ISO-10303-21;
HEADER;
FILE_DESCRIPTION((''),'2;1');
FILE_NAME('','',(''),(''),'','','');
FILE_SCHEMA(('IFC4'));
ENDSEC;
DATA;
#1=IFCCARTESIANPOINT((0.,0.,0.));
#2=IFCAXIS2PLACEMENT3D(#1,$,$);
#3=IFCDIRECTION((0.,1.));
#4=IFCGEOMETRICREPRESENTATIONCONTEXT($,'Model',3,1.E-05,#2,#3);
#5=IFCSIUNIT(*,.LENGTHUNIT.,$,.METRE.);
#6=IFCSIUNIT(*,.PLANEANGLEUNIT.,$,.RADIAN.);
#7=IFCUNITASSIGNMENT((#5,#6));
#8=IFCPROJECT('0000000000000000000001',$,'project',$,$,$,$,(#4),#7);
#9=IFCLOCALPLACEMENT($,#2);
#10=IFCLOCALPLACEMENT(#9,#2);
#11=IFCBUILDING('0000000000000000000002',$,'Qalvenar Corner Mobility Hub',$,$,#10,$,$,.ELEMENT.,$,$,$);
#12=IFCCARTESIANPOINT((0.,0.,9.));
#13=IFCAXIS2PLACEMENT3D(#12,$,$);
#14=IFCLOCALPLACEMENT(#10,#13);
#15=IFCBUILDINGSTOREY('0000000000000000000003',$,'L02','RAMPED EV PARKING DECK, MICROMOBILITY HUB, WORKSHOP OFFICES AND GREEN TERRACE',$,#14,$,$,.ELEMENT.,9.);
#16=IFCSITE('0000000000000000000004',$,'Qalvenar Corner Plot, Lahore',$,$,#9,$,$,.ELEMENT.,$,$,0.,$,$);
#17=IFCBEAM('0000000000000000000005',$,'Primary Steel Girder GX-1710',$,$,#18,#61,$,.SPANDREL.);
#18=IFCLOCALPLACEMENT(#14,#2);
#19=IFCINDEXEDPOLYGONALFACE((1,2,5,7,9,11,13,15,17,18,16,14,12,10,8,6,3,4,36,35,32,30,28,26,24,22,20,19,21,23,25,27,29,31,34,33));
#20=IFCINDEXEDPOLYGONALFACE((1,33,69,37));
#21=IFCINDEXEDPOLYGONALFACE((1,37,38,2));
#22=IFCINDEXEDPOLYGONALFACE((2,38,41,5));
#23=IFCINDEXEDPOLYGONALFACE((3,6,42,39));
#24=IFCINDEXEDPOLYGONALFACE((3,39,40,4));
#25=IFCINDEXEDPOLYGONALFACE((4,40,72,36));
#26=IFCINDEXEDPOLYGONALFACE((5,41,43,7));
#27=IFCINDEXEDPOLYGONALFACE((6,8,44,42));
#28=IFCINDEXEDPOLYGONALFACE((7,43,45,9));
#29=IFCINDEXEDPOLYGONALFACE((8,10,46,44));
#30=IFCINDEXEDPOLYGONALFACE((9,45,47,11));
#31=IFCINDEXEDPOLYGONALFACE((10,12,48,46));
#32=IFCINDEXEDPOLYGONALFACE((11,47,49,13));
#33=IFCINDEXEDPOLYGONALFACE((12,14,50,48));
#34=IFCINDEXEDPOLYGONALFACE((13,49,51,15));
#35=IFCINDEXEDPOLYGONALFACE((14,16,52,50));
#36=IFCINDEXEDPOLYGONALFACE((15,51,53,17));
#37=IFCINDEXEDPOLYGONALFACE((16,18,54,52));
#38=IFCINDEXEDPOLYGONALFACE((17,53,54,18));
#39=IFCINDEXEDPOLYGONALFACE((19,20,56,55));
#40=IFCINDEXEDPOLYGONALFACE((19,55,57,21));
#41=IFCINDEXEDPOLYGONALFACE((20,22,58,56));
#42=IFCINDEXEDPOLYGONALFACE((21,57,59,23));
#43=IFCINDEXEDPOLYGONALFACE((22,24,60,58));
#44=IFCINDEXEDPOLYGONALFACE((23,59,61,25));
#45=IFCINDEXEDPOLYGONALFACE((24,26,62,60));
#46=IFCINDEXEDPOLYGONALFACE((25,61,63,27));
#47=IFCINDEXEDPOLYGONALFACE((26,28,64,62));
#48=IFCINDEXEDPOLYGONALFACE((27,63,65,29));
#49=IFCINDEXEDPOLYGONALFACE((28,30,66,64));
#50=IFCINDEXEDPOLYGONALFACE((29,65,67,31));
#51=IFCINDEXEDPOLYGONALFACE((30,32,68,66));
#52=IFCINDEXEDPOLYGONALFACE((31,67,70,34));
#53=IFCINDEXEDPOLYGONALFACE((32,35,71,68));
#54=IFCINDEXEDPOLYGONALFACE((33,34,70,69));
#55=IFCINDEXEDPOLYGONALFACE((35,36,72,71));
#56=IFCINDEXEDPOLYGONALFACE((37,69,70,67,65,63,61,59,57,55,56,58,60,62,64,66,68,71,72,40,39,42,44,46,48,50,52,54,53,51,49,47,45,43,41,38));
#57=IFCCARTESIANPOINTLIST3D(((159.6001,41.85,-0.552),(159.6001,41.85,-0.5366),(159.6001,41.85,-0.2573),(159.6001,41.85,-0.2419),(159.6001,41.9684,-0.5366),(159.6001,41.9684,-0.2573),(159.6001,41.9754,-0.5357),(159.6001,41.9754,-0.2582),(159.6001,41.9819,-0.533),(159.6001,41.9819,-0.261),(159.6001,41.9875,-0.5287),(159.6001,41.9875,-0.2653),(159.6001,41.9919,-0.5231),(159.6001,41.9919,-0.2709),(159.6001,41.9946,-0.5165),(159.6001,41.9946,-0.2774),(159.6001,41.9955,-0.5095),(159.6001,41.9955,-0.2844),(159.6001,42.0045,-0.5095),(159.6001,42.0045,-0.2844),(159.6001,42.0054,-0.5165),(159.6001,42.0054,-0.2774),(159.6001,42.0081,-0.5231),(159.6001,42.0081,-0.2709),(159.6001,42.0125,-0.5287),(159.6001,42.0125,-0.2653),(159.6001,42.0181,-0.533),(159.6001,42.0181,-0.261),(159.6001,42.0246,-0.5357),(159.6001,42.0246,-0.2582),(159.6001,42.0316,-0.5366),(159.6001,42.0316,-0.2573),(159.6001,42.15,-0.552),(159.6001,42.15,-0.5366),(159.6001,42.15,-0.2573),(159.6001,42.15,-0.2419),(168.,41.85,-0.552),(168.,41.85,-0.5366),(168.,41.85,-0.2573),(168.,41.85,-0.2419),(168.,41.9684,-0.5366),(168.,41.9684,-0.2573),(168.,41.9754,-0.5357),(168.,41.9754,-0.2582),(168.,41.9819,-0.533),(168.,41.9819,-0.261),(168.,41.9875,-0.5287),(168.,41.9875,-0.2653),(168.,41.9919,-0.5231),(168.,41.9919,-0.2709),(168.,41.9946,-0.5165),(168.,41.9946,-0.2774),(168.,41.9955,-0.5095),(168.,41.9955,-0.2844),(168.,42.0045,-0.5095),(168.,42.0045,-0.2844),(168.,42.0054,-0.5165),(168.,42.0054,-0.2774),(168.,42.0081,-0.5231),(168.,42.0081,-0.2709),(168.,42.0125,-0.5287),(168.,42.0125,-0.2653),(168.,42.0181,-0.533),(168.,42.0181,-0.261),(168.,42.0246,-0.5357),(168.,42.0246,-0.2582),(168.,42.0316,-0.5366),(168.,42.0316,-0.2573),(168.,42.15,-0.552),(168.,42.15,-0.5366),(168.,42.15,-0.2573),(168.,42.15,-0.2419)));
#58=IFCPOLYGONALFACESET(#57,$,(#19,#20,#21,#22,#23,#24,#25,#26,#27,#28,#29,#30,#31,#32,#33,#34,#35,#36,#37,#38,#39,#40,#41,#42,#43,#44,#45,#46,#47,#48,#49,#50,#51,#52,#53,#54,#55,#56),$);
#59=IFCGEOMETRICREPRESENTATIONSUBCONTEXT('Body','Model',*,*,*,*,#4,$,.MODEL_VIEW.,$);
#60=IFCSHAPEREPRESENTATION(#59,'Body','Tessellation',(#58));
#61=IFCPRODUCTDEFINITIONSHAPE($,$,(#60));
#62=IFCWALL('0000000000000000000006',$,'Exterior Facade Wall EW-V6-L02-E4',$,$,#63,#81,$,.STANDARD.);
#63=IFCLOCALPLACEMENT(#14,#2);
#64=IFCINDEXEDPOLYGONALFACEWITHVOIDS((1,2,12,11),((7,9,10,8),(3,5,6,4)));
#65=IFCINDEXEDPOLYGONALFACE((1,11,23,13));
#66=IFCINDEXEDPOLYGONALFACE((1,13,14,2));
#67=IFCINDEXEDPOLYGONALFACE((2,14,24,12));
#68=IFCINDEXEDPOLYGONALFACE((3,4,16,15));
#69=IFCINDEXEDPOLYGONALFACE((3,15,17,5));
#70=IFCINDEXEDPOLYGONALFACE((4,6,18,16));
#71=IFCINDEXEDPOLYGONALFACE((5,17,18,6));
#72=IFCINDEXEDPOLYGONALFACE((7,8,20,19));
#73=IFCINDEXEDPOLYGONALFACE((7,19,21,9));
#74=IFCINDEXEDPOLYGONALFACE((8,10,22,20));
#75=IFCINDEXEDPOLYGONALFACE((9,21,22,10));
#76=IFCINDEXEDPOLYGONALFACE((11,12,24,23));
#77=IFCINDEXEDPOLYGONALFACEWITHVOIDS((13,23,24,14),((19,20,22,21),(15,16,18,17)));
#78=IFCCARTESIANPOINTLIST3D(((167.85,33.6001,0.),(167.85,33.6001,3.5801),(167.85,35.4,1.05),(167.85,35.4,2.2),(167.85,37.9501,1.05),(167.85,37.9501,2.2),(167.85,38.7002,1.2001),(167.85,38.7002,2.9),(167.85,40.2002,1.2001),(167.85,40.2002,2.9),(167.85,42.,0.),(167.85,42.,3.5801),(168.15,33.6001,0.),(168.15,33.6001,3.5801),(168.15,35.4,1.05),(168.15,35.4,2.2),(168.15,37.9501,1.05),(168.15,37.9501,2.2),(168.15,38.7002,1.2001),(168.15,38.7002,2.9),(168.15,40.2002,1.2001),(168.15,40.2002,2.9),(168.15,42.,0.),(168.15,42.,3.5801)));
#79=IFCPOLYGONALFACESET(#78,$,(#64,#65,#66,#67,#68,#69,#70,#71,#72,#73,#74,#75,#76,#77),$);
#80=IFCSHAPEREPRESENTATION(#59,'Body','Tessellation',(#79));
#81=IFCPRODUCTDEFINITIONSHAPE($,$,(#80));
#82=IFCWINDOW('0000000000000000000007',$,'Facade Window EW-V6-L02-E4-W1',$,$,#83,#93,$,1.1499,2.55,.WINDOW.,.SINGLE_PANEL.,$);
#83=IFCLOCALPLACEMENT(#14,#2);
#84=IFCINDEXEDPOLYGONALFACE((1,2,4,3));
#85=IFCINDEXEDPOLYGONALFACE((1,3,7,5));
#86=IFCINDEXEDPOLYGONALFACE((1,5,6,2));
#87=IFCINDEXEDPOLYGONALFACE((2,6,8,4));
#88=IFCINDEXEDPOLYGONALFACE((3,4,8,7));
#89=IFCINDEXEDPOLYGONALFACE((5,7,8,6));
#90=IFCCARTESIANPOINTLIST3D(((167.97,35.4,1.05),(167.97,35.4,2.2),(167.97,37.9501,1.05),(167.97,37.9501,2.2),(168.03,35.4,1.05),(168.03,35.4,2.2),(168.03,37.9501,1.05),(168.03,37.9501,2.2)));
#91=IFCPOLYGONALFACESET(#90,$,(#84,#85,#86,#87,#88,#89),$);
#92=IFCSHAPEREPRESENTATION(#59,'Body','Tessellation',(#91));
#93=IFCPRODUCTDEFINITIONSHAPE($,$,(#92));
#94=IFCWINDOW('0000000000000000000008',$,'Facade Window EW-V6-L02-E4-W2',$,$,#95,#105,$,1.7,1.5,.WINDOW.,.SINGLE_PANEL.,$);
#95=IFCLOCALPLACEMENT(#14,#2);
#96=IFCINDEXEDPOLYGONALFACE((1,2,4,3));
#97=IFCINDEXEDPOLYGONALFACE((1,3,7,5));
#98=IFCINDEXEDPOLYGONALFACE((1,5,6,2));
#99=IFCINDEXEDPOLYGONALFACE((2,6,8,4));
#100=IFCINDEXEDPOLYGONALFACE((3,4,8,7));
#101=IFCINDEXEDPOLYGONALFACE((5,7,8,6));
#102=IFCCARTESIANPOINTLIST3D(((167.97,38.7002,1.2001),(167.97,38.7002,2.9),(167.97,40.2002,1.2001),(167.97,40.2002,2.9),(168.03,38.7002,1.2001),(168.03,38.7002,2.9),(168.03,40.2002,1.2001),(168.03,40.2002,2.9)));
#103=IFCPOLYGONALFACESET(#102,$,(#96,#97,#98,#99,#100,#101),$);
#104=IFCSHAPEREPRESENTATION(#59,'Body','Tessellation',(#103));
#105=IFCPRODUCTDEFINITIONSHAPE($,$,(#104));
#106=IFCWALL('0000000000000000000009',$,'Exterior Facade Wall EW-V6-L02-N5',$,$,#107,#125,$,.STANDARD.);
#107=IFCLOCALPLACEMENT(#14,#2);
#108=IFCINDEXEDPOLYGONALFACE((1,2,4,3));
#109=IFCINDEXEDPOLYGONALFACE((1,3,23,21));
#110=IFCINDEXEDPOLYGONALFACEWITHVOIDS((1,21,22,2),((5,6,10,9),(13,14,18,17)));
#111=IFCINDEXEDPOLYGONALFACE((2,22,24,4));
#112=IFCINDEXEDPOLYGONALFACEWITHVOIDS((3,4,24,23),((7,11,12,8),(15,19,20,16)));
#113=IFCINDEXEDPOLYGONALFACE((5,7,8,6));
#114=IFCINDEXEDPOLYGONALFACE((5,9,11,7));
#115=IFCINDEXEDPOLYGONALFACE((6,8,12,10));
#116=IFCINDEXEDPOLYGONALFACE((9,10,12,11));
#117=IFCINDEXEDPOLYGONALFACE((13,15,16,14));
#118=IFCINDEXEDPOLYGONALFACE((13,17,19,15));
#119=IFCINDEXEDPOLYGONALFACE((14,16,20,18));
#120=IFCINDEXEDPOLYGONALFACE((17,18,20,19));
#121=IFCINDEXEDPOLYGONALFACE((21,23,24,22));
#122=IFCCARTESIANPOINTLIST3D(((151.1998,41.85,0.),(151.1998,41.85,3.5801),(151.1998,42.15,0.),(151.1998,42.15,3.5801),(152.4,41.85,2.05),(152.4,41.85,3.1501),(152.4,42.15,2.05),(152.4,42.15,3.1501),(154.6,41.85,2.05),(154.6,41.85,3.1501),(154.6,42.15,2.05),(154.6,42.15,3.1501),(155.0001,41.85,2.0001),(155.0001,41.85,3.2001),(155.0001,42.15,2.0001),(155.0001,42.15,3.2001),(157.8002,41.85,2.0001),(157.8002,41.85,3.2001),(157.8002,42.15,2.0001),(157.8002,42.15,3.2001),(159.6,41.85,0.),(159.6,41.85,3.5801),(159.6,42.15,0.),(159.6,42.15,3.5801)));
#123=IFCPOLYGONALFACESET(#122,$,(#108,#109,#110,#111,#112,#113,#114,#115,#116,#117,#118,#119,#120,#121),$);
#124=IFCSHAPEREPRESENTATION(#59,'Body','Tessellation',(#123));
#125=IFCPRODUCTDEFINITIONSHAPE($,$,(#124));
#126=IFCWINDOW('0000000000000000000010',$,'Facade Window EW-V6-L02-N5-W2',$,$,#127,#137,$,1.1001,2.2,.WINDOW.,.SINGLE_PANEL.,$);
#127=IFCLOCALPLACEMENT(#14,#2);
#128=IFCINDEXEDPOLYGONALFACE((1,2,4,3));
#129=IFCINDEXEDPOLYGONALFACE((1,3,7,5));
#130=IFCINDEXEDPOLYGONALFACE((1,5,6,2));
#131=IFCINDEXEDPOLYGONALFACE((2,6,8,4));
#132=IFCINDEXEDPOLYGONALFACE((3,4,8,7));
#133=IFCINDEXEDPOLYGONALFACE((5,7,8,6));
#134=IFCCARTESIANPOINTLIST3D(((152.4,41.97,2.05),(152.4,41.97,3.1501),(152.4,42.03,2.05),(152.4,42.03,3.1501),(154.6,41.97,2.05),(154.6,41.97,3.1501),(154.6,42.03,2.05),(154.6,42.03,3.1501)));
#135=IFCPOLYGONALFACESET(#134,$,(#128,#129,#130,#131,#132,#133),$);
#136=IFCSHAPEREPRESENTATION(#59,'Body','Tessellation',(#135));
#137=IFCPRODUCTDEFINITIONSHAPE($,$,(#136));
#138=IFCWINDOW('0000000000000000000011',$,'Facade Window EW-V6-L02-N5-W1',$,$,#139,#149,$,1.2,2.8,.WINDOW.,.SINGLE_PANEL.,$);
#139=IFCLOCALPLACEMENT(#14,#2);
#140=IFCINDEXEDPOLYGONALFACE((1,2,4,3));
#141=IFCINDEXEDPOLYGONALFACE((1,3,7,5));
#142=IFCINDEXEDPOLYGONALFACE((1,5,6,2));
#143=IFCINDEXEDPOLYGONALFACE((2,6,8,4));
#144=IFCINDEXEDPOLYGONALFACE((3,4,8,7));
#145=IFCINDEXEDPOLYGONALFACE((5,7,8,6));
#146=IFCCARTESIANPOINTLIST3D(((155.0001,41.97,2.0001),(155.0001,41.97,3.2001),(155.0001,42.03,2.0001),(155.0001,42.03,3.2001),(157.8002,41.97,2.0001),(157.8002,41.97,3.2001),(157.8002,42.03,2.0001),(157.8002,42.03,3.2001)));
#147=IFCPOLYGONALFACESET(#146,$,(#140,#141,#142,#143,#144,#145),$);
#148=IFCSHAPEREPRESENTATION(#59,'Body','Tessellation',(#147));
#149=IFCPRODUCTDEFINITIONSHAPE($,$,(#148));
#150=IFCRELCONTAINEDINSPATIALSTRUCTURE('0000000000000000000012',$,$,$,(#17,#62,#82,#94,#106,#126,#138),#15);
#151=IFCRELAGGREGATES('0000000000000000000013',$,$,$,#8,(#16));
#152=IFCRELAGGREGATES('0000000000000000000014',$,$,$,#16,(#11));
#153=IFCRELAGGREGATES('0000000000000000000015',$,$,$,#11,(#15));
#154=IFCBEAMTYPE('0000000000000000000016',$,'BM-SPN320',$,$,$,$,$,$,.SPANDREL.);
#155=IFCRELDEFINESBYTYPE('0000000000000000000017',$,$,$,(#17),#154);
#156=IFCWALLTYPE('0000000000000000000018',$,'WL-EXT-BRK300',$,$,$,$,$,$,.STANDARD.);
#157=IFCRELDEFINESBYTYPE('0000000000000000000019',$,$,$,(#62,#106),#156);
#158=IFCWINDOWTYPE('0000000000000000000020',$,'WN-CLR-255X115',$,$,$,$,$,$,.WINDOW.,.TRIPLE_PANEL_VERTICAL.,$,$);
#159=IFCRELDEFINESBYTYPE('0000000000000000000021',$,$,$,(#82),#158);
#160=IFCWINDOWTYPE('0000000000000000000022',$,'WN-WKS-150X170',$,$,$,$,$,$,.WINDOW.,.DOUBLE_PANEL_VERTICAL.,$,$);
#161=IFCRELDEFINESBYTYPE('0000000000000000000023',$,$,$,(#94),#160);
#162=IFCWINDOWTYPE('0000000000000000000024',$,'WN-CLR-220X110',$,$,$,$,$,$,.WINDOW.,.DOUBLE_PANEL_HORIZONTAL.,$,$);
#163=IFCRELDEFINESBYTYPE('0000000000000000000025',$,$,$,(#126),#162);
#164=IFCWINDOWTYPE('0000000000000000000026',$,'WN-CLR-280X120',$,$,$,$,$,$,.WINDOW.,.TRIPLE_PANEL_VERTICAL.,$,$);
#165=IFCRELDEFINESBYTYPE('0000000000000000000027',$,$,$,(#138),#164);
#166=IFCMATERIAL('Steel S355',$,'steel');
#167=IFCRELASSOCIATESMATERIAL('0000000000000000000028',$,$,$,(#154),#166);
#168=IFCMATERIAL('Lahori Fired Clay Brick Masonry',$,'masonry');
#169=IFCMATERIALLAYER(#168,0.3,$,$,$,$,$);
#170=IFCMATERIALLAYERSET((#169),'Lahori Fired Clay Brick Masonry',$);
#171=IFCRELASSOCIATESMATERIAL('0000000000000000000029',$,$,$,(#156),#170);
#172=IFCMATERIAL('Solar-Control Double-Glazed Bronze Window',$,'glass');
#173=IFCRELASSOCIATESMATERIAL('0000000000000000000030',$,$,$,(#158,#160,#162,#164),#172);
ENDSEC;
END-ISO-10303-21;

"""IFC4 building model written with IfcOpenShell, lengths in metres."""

from ifc_helpers import new_model, si_unit, direction, frame, frame_2d, origin, origin_2d, place, context, subcontext, project, spatial, rectangle, i_section, extrude, material, layer, layer_set, material_profile, profile_set, type_object, element, fill, save


model = new_model("IFC4")

# Units and contexts
model_context = context("Model", 3, precision=1e-05, world=origin(), true_north=direction((0.0, 1.0)))
body_context = subcontext(model_context, "Body", "Model", "MODEL_VIEW")
ifc_project = project(units=[si_unit("LENGTHUNIT", "METRE"), si_unit("PLANEANGLEUNIT", "RADIAN")], contexts=[model_context])

# Site, building, storey
site_placement = place(None, origin())
site = spatial("IfcSite", under=ifc_project, at=site_placement, Name="Qalvenar Corner Plot, Lahore", CompositionType="ELEMENT", RefElevation=0.0)
building_placement = place(site_placement, origin())
building = spatial("IfcBuilding", under=site, at=building_placement, Name="Qalvenar Corner Mobility Hub", CompositionType="ELEMENT")
storey_placement = place(building_placement, frame((0.0, 0.0, 9.0)))
storey = spatial("IfcBuildingStorey", under=building, at=storey_placement, Name="L02", Description="RAMPED EV PARKING DECK, MICROMOBILITY HUB, WORKSHOP OFFICES AND GREEN TERRACE", CompositionType="ELEMENT", Elevation=9.0)

# Shared definitions
ifc_material_1 = material(Name="Steel S355", Category="steel")

# Beam
ifc_material_profile_1 = material_profile(ifc_material_1, i_section(OverallWidth=0.3, OverallDepth=0.3101, WebThickness=0.009, FlangeThickness=0.0154, FilletRadius=0.0271, at=origin_2d()), Name="HEA320")
ifc_profile_set_1 = profile_set([ifc_material_profile_1], Name="Steel S355")
beam_type_1 = type_object("IfcBeamType", Name="BM-SPN320", PredefinedType="SPANDREL", material=ifc_profile_set_1)
beam_1_placement = place(storey_placement, frame((159.6001, 42.0, -0.397), z_axis=(1.0, 0.0, 0.0), x_axis=(0.0, 1.0, 0.0)))
element("IfcBeam", 1, at=beam_1_placement, inside=storey, type_object=beam_type_1, Name="Primary Steel Girder GX-1710", PredefinedType="SPANDREL", context=body_context, shape_type="SweptSolid", body=[
    extrude(i_section(OverallWidth=0.3, OverallDepth=0.3101, WebThickness=0.009, FlangeThickness=0.0154, FilletRadius=0.0271, at=origin_2d()), origin(), (0.0, 0.0, 1.0), 8.3999),
])

# Walls, openings, windows
ifc_material_2 = material(Name="Lahori Fired Clay Brick Masonry", Category="masonry")
ifc_layer = layer(ifc_material_2, 0.3)
ifc_layer_set = layer_set([ifc_layer], Name="Lahori Fired Clay Brick Masonry")
wall_type = type_object("IfcWallType", Name="WL-EXT-BRK300", PredefinedType="STANDARD", material=ifc_layer_set)
wall_1_placement = place(storey_placement, frame((168.0, 33.6001, 0.0), z_axis=(0.0, 0.0, 1.0), x_axis=(0.0, 1.0, 0.0)))
wall_1 = element("IfcWall", 2, at=wall_1_placement, inside=storey, type_object=wall_type, Name="Exterior Facade Wall EW-V6-L02-E4", PredefinedType="STANDARD", context=body_context, shape_type="SweptSolid", body=[
    extrude(rectangle(XDim=8.3999, YDim=0.3, at=frame_2d((4.2, 0.0))), origin(), (0.0, 0.0, 1.0), 3.5801),
])
opening_1_placement = place(wall_1_placement, frame((1.8, 0.0, 1.05)))
opening_1 = element("IfcOpeningElement", 3, at=opening_1_placement, cuts=wall_1, PredefinedType="OPENING", context=body_context, shape_type="SweptSolid", body=[
    extrude(rectangle(XDim=2.55, YDim=1.1499, at=frame_2d((1.2749, 0.575))), frame((0.0, 0.1602, 0.0), z_axis=(0.0, -1.0, 0.0), x_axis=(1.0, 0.0, 0.0)), (0.0, 0.0, 1.0), 0.3201),
])
opening_2_placement = place(wall_1_placement, frame((5.1001, 0.0, 1.2)))
opening_2 = element("IfcOpeningElement", 4, at=opening_2_placement, cuts=wall_1, PredefinedType="OPENING", context=body_context, shape_type="SweptSolid", body=[
    extrude(rectangle(XDim=1.5, YDim=1.7, at=frame_2d((0.75, 0.8501))), frame((0.0, 0.1602, 0.0), z_axis=(0.0, -1.0, 0.0), x_axis=(1.0, 0.0, 0.0)), (0.0, 0.0, 1.0), 0.3201),
])
ifc_material_3 = material(Name="Solar-Control Double-Glazed Bronze Window", Category="glass")
window_type_1 = type_object("IfcWindowType", Name="WN-CLR-255X115", PartitioningType="TRIPLE_PANEL_VERTICAL", PredefinedType="WINDOW", material=ifc_material_3)
window_1_placement = place(opening_1_placement, origin())
window_1 = element("IfcWindow", 5, at=window_1_placement, inside=storey, type_object=window_type_1, Name="Facade Window EW-V6-L02-E4-W1", OverallHeight=1.1499, OverallWidth=2.55, PartitioningType="SINGLE_PANEL", PredefinedType="WINDOW", context=body_context, shape_type="SweptSolid", body=[
    extrude(rectangle(XDim=2.55, YDim=1.1499, at=frame_2d((1.2749, 0.575))), frame((0.0, 0.03, 0.0), z_axis=(0.0, -1.0, 0.0), x_axis=(1.0, 0.0, 0.0)), (0.0, 0.0, 1.0), 0.0601),
])
fill(opening_1, window_1)
window_type_2 = type_object("IfcWindowType", Name="WN-WKS-150X170", PartitioningType="DOUBLE_PANEL_VERTICAL", PredefinedType="WINDOW", material=ifc_material_3)
window_2_placement = place(opening_2_placement, origin())
window_2 = element("IfcWindow", 6, at=window_2_placement, inside=storey, type_object=window_type_2, Name="Facade Window EW-V6-L02-E4-W2", OverallHeight=1.7, OverallWidth=1.5, PartitioningType="SINGLE_PANEL", PredefinedType="WINDOW", context=body_context, shape_type="SweptSolid", body=[
    extrude(rectangle(XDim=1.5, YDim=1.7, at=frame_2d((0.75, 0.8501))), frame((0.0, 0.03, 0.0), z_axis=(0.0, -1.0, 0.0), x_axis=(1.0, 0.0, 0.0)), (0.0, 0.0, 1.0), 0.0601),
])
fill(opening_2, window_2)
wall_2_placement = place(storey_placement, frame((159.6001, 42.0, 0.0), z_axis=(0.0, 0.0, 1.0), x_axis=(-1.0, 0.0, 0.0)))
wall_2 = element("IfcWall", 7, at=wall_2_placement, inside=storey, type_object=wall_type, Name="Exterior Facade Wall EW-V6-L02-N5", PredefinedType="STANDARD", context=body_context, shape_type="SweptSolid", body=[
    extrude(rectangle(XDim=8.4001, YDim=0.3, at=frame_2d((4.2002, 0.0))), origin(), (0.0, 0.0, 1.0), 3.5801),
])
opening_3_placement = place(wall_2_placement, frame((1.8, 0.0, 2.0)))
opening_3 = element("IfcOpeningElement", 8, at=opening_3_placement, cuts=wall_2, PredefinedType="OPENING", context=body_context, shape_type="SweptSolid", body=[
    extrude(rectangle(XDim=2.8, YDim=1.2, at=frame_2d((1.3999, 0.6001))), frame((0.0, 0.1602, 0.0), z_axis=(0.0, -1.0, 0.0), x_axis=(1.0, 0.0, 0.0)), (0.0, 0.0, 1.0), 0.3201),
])
opening_4_placement = place(wall_2_placement, frame((5.0, 0.0, 2.05)))
opening_4 = element("IfcOpeningElement", 9, at=opening_4_placement, cuts=wall_2, PredefinedType="OPENING", context=body_context, shape_type="SweptSolid", body=[
    extrude(rectangle(XDim=2.2, YDim=1.1001, at=frame_2d((1.1001, 0.55))), frame((0.0, 0.1602, 0.0), z_axis=(0.0, -1.0, 0.0), x_axis=(1.0, 0.0, 0.0)), (0.0, 0.0, 1.0), 0.3201),
])
window_type_3 = type_object("IfcWindowType", Name="WN-CLR-220X110", PartitioningType="DOUBLE_PANEL_HORIZONTAL", PredefinedType="WINDOW", material=ifc_material_3)
window_3_placement = place(opening_4_placement, origin())
window_3 = element("IfcWindow", 10, at=window_3_placement, inside=storey, type_object=window_type_3, Name="Facade Window EW-V6-L02-N5-W2", OverallHeight=1.1001, OverallWidth=2.2, PartitioningType="SINGLE_PANEL", PredefinedType="WINDOW", context=body_context, shape_type="SweptSolid", body=[
    extrude(rectangle(XDim=2.2, YDim=1.1001, at=frame_2d((1.1001, 0.55))), frame((0.0, 0.03, 0.0), z_axis=(0.0, -1.0, 0.0), x_axis=(1.0, 0.0, 0.0)), (0.0, 0.0, 1.0), 0.0601),
])
fill(opening_4, window_3)
window_type_4 = type_object("IfcWindowType", Name="WN-CLR-280X120", PartitioningType="TRIPLE_PANEL_VERTICAL", PredefinedType="WINDOW", material=ifc_material_3)
window_4_placement = place(opening_3_placement, origin())
window_4 = element("IfcWindow", 11, at=window_4_placement, inside=storey, type_object=window_type_4, Name="Facade Window EW-V6-L02-N5-W1", OverallHeight=1.2, OverallWidth=2.8, PartitioningType="SINGLE_PANEL", PredefinedType="WINDOW", context=body_context, shape_type="SweptSolid", body=[
    extrude(rectangle(XDim=2.8, YDim=1.2, at=frame_2d((1.3999, 0.6001))), frame((0.0, 0.03, 0.0), z_axis=(0.0, -1.0, 0.0), x_axis=(1.0, 0.0, 0.0)), (0.0, 0.0, 1.0), 0.0601),
])
fill(opening_3, window_4)

save(model, "model.ifc")
